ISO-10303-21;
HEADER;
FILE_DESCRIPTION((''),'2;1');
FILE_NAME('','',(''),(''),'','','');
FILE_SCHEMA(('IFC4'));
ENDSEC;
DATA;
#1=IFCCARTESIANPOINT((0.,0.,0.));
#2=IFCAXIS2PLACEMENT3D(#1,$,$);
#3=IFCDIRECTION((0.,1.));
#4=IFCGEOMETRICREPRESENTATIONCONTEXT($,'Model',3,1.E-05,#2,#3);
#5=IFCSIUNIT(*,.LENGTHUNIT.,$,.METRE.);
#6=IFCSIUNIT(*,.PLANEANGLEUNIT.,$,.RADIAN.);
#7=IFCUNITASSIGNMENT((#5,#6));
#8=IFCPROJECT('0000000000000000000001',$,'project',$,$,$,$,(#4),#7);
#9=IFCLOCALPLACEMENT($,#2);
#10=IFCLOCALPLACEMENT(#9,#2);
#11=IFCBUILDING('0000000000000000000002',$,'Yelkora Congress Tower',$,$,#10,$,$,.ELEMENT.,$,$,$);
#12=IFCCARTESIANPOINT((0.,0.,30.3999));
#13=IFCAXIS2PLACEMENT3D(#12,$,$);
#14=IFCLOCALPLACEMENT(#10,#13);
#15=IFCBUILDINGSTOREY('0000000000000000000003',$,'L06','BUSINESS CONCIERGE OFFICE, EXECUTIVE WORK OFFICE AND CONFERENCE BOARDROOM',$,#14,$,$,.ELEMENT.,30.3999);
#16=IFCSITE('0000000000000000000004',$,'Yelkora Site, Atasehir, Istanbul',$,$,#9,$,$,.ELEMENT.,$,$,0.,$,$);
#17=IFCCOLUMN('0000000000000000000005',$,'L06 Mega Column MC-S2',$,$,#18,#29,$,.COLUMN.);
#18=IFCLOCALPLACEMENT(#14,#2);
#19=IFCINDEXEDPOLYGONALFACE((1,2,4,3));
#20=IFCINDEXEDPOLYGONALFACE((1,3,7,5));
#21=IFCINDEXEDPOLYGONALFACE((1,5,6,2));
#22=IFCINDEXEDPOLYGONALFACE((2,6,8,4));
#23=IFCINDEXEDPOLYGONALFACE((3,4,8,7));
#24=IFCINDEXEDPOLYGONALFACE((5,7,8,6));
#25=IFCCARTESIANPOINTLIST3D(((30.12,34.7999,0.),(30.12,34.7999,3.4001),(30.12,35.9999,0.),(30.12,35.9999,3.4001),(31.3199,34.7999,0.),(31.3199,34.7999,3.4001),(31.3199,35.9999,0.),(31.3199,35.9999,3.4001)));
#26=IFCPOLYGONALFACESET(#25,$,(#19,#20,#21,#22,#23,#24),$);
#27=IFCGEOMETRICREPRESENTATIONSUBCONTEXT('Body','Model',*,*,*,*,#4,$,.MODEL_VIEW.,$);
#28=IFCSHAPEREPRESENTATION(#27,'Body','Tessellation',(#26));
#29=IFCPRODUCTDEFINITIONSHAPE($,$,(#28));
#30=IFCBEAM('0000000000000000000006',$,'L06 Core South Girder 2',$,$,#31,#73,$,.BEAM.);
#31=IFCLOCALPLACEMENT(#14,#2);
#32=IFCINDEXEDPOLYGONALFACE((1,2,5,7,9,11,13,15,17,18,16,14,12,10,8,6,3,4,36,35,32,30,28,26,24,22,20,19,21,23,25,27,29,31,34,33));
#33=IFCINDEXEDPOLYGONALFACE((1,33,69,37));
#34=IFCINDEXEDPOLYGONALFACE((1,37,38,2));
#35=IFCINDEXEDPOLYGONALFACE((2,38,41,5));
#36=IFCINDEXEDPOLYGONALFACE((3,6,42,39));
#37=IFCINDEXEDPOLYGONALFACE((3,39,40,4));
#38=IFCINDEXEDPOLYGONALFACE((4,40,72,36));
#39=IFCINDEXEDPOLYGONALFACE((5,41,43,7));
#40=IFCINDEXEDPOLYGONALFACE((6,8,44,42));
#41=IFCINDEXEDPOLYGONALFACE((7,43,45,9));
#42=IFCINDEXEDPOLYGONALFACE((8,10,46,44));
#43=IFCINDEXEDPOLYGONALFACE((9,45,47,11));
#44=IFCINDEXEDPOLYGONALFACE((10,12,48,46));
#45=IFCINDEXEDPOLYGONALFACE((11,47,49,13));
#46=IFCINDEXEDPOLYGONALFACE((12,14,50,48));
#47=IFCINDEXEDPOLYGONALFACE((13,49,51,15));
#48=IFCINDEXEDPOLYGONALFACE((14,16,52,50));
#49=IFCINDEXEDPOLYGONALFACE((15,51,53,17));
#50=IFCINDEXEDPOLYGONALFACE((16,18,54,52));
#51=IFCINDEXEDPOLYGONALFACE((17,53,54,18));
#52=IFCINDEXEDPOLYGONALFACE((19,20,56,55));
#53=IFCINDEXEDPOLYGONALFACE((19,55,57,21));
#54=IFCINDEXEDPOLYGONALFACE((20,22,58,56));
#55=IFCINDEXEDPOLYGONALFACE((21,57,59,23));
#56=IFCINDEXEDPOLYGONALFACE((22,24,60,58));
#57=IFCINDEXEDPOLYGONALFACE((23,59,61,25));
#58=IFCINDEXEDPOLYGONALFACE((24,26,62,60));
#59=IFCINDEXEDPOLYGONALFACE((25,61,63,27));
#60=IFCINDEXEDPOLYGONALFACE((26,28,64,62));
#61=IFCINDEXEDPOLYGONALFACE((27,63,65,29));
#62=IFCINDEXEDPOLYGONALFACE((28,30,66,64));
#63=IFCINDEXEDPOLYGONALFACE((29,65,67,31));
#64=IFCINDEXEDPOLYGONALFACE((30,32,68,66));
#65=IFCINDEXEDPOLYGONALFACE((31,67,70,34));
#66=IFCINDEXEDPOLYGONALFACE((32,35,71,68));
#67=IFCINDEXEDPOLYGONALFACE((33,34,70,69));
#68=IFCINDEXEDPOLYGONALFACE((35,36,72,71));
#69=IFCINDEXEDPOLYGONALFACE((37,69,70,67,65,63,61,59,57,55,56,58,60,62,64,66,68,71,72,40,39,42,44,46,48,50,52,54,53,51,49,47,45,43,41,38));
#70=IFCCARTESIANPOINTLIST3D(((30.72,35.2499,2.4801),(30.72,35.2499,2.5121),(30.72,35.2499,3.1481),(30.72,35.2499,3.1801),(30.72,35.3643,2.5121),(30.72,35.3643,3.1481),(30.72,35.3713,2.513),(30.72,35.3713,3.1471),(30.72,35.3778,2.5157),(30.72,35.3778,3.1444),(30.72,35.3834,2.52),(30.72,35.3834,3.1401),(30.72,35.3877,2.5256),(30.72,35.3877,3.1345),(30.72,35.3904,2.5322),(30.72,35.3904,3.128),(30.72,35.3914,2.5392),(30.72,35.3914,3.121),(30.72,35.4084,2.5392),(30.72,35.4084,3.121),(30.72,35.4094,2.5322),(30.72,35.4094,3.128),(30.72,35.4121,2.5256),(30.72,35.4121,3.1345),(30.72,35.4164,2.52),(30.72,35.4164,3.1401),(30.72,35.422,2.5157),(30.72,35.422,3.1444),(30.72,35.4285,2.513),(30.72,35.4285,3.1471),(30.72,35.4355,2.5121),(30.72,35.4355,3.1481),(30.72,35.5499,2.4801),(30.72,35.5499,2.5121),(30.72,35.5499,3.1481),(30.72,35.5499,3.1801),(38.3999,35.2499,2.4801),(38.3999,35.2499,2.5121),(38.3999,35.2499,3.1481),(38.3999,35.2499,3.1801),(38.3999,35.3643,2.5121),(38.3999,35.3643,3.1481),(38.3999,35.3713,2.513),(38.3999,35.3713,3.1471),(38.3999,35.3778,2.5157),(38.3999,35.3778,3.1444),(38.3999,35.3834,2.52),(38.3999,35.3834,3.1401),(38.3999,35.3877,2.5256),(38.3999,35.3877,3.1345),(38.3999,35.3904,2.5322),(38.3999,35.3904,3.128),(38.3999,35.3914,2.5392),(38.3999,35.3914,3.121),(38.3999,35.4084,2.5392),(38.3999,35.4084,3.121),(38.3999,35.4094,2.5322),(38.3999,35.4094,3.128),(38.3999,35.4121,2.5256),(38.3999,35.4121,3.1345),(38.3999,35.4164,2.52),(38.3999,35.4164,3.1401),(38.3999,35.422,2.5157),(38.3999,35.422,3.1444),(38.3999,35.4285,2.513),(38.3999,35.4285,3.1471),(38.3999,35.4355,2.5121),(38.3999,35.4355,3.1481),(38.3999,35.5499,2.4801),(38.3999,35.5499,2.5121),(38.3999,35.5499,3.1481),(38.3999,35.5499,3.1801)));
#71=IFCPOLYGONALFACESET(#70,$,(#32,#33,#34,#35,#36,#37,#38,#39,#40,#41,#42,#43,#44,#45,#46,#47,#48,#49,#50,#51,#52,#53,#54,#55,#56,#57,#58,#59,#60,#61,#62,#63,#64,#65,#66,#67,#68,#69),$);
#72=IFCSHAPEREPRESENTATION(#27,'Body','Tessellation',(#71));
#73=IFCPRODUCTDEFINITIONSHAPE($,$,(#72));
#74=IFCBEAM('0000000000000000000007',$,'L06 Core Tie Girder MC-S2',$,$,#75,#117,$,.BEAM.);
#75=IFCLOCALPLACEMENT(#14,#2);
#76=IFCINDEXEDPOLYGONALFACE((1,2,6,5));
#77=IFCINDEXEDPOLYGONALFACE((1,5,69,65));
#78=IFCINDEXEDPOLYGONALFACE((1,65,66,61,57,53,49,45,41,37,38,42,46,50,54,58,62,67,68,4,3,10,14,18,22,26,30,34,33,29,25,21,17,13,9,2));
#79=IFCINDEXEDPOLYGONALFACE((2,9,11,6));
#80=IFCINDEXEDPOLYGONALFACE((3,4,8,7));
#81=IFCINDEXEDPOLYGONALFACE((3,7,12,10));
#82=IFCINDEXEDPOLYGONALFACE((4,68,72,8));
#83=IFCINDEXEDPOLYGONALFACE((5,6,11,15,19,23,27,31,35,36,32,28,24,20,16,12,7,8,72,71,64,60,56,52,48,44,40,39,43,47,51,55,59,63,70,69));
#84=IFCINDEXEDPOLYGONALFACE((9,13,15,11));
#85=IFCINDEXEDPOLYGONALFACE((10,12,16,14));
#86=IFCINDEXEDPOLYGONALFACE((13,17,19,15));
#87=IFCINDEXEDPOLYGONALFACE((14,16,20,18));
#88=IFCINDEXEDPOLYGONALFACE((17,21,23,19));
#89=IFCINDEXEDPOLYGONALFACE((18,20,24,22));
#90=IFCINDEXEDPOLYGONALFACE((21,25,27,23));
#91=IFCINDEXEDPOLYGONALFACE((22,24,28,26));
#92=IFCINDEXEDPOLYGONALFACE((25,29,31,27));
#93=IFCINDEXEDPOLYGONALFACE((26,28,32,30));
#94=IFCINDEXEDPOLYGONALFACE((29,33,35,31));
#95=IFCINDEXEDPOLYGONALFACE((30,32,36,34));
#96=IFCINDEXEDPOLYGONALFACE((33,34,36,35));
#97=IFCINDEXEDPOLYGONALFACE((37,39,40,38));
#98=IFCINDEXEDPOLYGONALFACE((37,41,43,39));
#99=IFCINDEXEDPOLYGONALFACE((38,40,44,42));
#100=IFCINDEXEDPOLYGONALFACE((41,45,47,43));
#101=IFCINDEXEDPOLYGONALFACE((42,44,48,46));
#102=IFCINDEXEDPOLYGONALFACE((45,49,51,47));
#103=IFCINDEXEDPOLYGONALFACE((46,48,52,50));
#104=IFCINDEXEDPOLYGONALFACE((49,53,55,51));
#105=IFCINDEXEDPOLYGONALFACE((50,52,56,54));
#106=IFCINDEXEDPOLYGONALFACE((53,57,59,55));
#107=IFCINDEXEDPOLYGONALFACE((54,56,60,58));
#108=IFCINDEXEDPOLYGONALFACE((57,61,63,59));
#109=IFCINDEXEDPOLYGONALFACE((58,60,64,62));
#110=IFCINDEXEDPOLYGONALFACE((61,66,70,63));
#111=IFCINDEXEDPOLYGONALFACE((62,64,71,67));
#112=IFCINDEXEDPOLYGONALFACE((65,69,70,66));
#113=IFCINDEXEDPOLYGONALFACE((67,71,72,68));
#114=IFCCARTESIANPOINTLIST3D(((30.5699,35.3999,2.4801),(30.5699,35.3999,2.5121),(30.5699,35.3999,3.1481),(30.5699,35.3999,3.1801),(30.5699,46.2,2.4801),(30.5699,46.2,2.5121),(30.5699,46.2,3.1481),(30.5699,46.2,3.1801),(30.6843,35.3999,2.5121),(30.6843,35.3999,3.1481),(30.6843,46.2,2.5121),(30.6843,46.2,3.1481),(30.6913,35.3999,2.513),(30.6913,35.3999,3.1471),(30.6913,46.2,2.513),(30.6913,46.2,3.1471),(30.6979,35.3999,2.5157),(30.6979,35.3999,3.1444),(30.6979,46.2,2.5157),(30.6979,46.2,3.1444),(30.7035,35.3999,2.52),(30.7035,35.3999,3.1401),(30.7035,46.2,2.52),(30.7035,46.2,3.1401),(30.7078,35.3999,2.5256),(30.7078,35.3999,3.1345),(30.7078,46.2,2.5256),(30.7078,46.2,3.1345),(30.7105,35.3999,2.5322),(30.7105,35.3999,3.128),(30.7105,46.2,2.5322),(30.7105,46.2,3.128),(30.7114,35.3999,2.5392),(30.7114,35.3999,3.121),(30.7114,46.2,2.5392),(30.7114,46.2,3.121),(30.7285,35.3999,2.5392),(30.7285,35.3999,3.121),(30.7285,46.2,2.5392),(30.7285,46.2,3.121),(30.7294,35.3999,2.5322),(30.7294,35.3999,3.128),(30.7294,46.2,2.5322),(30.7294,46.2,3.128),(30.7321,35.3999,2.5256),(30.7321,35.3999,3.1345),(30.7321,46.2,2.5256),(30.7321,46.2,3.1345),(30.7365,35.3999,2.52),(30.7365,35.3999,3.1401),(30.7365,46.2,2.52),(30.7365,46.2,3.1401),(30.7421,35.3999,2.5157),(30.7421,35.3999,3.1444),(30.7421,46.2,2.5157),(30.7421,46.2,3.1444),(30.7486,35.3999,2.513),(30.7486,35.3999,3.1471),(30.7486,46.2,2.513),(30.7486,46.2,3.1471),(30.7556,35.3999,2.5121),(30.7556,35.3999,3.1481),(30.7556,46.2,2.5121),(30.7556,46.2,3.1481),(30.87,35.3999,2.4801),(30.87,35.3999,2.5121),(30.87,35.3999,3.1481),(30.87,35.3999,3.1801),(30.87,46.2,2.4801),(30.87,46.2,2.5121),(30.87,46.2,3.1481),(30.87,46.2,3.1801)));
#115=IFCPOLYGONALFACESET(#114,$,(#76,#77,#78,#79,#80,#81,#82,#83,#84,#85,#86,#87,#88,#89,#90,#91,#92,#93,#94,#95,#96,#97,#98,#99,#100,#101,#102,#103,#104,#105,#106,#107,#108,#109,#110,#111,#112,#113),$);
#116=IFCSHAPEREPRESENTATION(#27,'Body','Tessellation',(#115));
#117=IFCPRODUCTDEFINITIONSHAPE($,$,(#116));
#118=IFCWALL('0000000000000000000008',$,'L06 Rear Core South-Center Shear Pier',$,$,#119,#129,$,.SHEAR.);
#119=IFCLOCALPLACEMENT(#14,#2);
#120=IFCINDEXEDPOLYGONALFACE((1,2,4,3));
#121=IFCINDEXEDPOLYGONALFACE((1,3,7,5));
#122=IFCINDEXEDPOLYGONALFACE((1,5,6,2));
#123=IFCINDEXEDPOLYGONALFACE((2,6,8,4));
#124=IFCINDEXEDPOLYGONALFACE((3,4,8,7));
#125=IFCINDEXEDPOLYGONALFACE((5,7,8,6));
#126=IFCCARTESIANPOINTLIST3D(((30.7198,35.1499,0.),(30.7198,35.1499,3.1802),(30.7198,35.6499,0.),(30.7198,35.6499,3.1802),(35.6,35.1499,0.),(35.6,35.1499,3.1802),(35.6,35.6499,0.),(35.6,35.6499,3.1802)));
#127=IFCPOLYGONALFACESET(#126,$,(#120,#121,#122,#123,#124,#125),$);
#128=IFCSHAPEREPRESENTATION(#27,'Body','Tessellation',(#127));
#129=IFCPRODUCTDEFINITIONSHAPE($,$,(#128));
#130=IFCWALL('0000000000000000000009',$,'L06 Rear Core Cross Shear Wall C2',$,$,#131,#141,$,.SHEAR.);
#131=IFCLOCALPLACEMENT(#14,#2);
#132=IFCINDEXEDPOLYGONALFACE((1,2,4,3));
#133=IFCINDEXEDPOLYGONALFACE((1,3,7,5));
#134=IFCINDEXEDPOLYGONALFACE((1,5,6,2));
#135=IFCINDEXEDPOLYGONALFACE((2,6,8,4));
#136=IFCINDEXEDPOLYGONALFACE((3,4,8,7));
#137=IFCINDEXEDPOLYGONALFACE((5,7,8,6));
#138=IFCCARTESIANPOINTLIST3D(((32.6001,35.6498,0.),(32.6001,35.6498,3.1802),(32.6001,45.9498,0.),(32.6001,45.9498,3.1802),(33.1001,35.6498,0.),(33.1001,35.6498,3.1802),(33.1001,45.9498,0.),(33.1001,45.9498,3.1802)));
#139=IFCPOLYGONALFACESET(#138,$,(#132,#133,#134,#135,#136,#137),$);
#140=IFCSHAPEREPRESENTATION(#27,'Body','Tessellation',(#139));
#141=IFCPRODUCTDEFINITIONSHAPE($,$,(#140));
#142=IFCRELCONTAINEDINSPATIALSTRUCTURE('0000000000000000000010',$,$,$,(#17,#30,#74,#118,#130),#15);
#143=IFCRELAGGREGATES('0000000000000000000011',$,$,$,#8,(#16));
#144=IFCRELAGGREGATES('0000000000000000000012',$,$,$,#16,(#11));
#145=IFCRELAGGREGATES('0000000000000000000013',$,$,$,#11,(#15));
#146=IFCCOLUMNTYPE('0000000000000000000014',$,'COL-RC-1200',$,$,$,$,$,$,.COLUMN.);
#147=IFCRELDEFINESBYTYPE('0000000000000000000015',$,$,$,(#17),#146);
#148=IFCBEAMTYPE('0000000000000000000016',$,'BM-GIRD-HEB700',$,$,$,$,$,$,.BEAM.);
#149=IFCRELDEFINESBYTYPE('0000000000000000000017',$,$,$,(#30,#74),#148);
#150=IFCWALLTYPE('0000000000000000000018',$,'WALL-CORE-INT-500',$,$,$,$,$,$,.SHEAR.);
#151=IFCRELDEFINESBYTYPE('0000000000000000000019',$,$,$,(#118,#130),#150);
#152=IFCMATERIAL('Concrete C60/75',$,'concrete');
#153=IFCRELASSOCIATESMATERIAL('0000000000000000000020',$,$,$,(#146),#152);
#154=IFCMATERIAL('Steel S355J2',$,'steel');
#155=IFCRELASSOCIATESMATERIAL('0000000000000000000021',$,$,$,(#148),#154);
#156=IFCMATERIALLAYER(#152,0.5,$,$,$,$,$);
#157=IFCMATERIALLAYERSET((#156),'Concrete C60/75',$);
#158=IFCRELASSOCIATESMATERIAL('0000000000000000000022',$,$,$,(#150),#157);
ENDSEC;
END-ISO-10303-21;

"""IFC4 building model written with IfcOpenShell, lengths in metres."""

from ifc_helpers import new_model, si_unit, direction, frame, frame_2d, origin, origin_2d, place, context, subcontext, project, spatial, rectangle, i_section, extrude, material, layer, layer_set, material_profile, profile_set, type_object, element, save


model = new_model("IFC4")

# Units and contexts
model_context = context("Model", 3, precision=1e-05, world=origin(), true_north=direction((0.0, 1.0)))
body_context = subcontext(model_context, "Body", "Model", "MODEL_VIEW")
ifc_project = project(units=[si_unit("LENGTHUNIT", "METRE"), si_unit("PLANEANGLEUNIT", "RADIAN")], contexts=[model_context])

# Site, building, storey
site_placement = place(None, origin())
site = spatial("IfcSite", under=ifc_project, at=site_placement, Name="Yelkora Site, Atasehir, Istanbul", CompositionType="ELEMENT", RefElevation=0.0)
building_placement = place(site_placement, origin())
building = spatial("IfcBuilding", under=site, at=building_placement, Name="Yelkora Congress Tower", CompositionType="ELEMENT")
storey_placement = place(building_placement, frame((0.0, 0.0, 30.3999)))
storey = spatial("IfcBuildingStorey", under=building, at=storey_placement, Name="L06", Description="BUSINESS CONCIERGE OFFICE, EXECUTIVE WORK OFFICE AND CONFERENCE BOARDROOM", CompositionType="ELEMENT", Elevation=30.3999)

# Column
ifc_material_1 = material(Name="Concrete C60/75", Category="concrete")
ifc_material_profile_1 = material_profile(ifc_material_1, rectangle(XDim=1.2, YDim=1.2, at=origin_2d()), Name="RC 1200x1200")
ifc_profile_set_1 = profile_set([ifc_material_profile_1], Name="Concrete C60/75")
column_type = type_object("IfcColumnType", Name="COL-RC-1200", PredefinedType="COLUMN", material=ifc_profile_set_1)
column_placement = place(storey_placement, frame((30.72, 35.3999, 0.0), z_axis=(0.0, 0.0, 1.0), x_axis=(1.0, 0.0, 0.0)))
element("IfcColumn", 1, at=column_placement, inside=storey, type_object=column_type, Name="L06 Mega Column MC-S2", PredefinedType="COLUMN", context=body_context, shape_type="SweptSolid", body=[
    extrude(rectangle(XDim=1.2, YDim=1.2, at=origin_2d()), origin(), (0.0, 0.0, 1.0), 3.4001),
])

# Beams
ifc_material_2 = material(Name="Steel S355J2", Category="steel")
ifc_material_profile_2 = material_profile(ifc_material_2, i_section(OverallWidth=0.3, OverallDepth=0.7, WebThickness=0.0171, FlangeThickness=0.032, FilletRadius=0.0271, at=origin_2d()), Name="HEB 700")
ifc_profile_set_2 = profile_set([ifc_material_profile_2], Name="Steel S355J2")
beam_type = type_object("IfcBeamType", Name="BM-GIRD-HEB700", PredefinedType="BEAM", material=ifc_profile_set_2)
beam_1_placement = place(storey_placement, frame((30.72, 35.3999, 2.8301), z_axis=(1.0, 0.0, 0.0), x_axis=(0.0, 1.0, 0.0)))
element("IfcBeam", 2, at=beam_1_placement, inside=storey, type_object=beam_type, Name="L06 Core South Girder 2", PredefinedType="BEAM", context=body_context, shape_type="SweptSolid", body=[
    extrude(i_section(OverallWidth=0.3, OverallDepth=0.7, WebThickness=0.0171, FlangeThickness=0.032, FilletRadius=0.0271, at=origin_2d()), origin(), (0.0, 0.0, 1.0), 7.6799),
])
beam_2_placement = place(storey_placement, frame((30.72, 35.3999, 2.8301), z_axis=(0.0, 1.0, 0.0), x_axis=(-1.0, 0.0, 0.0)))
element("IfcBeam", 3, at=beam_2_placement, inside=storey, type_object=beam_type, Name="L06 Core Tie Girder MC-S2", PredefinedType="BEAM", context=body_context, shape_type="SweptSolid", body=[
    extrude(i_section(OverallWidth=0.3, OverallDepth=0.7, WebThickness=0.0171, FlangeThickness=0.032, FilletRadius=0.0271, at=origin_2d()), origin(), (0.0, 0.0, 1.0), 10.8),
])

# Wall
ifc_layer_1 = layer(ifc_material_1, 0.5)
ifc_layer_set_1 = layer_set([ifc_layer_1], Name="Concrete C60/75")
wall_type_1 = type_object("IfcWallType", Name="WALL-CORE-INT-500", PredefinedType="SHEAR", material=ifc_layer_set_1)
wall_1_placement = place(storey_placement, frame((30.72, 35.3999, 0.0), z_axis=(0.0, 0.0, 1.0), x_axis=(1.0, 0.0, 0.0)))
element("IfcWall", 4, at=wall_1_placement, inside=storey, type_object=wall_type_1, Name="L06 Rear Core South-Center Shear Pier", PredefinedType="SHEAR", context=body_context, shape_type="SweptSolid", body=[
    extrude(rectangle(XDim=4.8801, YDim=0.5, at=frame_2d((2.4399, 0.0))), origin(), (0.0, 0.0, 1.0), 3.1802),
])

# Wall
wall_2_placement = place(storey_placement, frame((32.8501, 35.6499, 0.0), z_axis=(0.0, 0.0, 1.0), x_axis=(0.0, 1.0, 0.0)))
element("IfcWall", 5, at=wall_2_placement, inside=storey, type_object=wall_type_1, Name="L06 Rear Core Cross Shear Wall C2", PredefinedType="SHEAR", context=body_context, shape_type="SweptSolid", body=[
    extrude(rectangle(XDim=10.3, YDim=0.5, at=frame_2d((5.1499, 0.0))), origin(), (0.0, 0.0, 1.0), 3.1802),
])

save(model, "model.ifc")
